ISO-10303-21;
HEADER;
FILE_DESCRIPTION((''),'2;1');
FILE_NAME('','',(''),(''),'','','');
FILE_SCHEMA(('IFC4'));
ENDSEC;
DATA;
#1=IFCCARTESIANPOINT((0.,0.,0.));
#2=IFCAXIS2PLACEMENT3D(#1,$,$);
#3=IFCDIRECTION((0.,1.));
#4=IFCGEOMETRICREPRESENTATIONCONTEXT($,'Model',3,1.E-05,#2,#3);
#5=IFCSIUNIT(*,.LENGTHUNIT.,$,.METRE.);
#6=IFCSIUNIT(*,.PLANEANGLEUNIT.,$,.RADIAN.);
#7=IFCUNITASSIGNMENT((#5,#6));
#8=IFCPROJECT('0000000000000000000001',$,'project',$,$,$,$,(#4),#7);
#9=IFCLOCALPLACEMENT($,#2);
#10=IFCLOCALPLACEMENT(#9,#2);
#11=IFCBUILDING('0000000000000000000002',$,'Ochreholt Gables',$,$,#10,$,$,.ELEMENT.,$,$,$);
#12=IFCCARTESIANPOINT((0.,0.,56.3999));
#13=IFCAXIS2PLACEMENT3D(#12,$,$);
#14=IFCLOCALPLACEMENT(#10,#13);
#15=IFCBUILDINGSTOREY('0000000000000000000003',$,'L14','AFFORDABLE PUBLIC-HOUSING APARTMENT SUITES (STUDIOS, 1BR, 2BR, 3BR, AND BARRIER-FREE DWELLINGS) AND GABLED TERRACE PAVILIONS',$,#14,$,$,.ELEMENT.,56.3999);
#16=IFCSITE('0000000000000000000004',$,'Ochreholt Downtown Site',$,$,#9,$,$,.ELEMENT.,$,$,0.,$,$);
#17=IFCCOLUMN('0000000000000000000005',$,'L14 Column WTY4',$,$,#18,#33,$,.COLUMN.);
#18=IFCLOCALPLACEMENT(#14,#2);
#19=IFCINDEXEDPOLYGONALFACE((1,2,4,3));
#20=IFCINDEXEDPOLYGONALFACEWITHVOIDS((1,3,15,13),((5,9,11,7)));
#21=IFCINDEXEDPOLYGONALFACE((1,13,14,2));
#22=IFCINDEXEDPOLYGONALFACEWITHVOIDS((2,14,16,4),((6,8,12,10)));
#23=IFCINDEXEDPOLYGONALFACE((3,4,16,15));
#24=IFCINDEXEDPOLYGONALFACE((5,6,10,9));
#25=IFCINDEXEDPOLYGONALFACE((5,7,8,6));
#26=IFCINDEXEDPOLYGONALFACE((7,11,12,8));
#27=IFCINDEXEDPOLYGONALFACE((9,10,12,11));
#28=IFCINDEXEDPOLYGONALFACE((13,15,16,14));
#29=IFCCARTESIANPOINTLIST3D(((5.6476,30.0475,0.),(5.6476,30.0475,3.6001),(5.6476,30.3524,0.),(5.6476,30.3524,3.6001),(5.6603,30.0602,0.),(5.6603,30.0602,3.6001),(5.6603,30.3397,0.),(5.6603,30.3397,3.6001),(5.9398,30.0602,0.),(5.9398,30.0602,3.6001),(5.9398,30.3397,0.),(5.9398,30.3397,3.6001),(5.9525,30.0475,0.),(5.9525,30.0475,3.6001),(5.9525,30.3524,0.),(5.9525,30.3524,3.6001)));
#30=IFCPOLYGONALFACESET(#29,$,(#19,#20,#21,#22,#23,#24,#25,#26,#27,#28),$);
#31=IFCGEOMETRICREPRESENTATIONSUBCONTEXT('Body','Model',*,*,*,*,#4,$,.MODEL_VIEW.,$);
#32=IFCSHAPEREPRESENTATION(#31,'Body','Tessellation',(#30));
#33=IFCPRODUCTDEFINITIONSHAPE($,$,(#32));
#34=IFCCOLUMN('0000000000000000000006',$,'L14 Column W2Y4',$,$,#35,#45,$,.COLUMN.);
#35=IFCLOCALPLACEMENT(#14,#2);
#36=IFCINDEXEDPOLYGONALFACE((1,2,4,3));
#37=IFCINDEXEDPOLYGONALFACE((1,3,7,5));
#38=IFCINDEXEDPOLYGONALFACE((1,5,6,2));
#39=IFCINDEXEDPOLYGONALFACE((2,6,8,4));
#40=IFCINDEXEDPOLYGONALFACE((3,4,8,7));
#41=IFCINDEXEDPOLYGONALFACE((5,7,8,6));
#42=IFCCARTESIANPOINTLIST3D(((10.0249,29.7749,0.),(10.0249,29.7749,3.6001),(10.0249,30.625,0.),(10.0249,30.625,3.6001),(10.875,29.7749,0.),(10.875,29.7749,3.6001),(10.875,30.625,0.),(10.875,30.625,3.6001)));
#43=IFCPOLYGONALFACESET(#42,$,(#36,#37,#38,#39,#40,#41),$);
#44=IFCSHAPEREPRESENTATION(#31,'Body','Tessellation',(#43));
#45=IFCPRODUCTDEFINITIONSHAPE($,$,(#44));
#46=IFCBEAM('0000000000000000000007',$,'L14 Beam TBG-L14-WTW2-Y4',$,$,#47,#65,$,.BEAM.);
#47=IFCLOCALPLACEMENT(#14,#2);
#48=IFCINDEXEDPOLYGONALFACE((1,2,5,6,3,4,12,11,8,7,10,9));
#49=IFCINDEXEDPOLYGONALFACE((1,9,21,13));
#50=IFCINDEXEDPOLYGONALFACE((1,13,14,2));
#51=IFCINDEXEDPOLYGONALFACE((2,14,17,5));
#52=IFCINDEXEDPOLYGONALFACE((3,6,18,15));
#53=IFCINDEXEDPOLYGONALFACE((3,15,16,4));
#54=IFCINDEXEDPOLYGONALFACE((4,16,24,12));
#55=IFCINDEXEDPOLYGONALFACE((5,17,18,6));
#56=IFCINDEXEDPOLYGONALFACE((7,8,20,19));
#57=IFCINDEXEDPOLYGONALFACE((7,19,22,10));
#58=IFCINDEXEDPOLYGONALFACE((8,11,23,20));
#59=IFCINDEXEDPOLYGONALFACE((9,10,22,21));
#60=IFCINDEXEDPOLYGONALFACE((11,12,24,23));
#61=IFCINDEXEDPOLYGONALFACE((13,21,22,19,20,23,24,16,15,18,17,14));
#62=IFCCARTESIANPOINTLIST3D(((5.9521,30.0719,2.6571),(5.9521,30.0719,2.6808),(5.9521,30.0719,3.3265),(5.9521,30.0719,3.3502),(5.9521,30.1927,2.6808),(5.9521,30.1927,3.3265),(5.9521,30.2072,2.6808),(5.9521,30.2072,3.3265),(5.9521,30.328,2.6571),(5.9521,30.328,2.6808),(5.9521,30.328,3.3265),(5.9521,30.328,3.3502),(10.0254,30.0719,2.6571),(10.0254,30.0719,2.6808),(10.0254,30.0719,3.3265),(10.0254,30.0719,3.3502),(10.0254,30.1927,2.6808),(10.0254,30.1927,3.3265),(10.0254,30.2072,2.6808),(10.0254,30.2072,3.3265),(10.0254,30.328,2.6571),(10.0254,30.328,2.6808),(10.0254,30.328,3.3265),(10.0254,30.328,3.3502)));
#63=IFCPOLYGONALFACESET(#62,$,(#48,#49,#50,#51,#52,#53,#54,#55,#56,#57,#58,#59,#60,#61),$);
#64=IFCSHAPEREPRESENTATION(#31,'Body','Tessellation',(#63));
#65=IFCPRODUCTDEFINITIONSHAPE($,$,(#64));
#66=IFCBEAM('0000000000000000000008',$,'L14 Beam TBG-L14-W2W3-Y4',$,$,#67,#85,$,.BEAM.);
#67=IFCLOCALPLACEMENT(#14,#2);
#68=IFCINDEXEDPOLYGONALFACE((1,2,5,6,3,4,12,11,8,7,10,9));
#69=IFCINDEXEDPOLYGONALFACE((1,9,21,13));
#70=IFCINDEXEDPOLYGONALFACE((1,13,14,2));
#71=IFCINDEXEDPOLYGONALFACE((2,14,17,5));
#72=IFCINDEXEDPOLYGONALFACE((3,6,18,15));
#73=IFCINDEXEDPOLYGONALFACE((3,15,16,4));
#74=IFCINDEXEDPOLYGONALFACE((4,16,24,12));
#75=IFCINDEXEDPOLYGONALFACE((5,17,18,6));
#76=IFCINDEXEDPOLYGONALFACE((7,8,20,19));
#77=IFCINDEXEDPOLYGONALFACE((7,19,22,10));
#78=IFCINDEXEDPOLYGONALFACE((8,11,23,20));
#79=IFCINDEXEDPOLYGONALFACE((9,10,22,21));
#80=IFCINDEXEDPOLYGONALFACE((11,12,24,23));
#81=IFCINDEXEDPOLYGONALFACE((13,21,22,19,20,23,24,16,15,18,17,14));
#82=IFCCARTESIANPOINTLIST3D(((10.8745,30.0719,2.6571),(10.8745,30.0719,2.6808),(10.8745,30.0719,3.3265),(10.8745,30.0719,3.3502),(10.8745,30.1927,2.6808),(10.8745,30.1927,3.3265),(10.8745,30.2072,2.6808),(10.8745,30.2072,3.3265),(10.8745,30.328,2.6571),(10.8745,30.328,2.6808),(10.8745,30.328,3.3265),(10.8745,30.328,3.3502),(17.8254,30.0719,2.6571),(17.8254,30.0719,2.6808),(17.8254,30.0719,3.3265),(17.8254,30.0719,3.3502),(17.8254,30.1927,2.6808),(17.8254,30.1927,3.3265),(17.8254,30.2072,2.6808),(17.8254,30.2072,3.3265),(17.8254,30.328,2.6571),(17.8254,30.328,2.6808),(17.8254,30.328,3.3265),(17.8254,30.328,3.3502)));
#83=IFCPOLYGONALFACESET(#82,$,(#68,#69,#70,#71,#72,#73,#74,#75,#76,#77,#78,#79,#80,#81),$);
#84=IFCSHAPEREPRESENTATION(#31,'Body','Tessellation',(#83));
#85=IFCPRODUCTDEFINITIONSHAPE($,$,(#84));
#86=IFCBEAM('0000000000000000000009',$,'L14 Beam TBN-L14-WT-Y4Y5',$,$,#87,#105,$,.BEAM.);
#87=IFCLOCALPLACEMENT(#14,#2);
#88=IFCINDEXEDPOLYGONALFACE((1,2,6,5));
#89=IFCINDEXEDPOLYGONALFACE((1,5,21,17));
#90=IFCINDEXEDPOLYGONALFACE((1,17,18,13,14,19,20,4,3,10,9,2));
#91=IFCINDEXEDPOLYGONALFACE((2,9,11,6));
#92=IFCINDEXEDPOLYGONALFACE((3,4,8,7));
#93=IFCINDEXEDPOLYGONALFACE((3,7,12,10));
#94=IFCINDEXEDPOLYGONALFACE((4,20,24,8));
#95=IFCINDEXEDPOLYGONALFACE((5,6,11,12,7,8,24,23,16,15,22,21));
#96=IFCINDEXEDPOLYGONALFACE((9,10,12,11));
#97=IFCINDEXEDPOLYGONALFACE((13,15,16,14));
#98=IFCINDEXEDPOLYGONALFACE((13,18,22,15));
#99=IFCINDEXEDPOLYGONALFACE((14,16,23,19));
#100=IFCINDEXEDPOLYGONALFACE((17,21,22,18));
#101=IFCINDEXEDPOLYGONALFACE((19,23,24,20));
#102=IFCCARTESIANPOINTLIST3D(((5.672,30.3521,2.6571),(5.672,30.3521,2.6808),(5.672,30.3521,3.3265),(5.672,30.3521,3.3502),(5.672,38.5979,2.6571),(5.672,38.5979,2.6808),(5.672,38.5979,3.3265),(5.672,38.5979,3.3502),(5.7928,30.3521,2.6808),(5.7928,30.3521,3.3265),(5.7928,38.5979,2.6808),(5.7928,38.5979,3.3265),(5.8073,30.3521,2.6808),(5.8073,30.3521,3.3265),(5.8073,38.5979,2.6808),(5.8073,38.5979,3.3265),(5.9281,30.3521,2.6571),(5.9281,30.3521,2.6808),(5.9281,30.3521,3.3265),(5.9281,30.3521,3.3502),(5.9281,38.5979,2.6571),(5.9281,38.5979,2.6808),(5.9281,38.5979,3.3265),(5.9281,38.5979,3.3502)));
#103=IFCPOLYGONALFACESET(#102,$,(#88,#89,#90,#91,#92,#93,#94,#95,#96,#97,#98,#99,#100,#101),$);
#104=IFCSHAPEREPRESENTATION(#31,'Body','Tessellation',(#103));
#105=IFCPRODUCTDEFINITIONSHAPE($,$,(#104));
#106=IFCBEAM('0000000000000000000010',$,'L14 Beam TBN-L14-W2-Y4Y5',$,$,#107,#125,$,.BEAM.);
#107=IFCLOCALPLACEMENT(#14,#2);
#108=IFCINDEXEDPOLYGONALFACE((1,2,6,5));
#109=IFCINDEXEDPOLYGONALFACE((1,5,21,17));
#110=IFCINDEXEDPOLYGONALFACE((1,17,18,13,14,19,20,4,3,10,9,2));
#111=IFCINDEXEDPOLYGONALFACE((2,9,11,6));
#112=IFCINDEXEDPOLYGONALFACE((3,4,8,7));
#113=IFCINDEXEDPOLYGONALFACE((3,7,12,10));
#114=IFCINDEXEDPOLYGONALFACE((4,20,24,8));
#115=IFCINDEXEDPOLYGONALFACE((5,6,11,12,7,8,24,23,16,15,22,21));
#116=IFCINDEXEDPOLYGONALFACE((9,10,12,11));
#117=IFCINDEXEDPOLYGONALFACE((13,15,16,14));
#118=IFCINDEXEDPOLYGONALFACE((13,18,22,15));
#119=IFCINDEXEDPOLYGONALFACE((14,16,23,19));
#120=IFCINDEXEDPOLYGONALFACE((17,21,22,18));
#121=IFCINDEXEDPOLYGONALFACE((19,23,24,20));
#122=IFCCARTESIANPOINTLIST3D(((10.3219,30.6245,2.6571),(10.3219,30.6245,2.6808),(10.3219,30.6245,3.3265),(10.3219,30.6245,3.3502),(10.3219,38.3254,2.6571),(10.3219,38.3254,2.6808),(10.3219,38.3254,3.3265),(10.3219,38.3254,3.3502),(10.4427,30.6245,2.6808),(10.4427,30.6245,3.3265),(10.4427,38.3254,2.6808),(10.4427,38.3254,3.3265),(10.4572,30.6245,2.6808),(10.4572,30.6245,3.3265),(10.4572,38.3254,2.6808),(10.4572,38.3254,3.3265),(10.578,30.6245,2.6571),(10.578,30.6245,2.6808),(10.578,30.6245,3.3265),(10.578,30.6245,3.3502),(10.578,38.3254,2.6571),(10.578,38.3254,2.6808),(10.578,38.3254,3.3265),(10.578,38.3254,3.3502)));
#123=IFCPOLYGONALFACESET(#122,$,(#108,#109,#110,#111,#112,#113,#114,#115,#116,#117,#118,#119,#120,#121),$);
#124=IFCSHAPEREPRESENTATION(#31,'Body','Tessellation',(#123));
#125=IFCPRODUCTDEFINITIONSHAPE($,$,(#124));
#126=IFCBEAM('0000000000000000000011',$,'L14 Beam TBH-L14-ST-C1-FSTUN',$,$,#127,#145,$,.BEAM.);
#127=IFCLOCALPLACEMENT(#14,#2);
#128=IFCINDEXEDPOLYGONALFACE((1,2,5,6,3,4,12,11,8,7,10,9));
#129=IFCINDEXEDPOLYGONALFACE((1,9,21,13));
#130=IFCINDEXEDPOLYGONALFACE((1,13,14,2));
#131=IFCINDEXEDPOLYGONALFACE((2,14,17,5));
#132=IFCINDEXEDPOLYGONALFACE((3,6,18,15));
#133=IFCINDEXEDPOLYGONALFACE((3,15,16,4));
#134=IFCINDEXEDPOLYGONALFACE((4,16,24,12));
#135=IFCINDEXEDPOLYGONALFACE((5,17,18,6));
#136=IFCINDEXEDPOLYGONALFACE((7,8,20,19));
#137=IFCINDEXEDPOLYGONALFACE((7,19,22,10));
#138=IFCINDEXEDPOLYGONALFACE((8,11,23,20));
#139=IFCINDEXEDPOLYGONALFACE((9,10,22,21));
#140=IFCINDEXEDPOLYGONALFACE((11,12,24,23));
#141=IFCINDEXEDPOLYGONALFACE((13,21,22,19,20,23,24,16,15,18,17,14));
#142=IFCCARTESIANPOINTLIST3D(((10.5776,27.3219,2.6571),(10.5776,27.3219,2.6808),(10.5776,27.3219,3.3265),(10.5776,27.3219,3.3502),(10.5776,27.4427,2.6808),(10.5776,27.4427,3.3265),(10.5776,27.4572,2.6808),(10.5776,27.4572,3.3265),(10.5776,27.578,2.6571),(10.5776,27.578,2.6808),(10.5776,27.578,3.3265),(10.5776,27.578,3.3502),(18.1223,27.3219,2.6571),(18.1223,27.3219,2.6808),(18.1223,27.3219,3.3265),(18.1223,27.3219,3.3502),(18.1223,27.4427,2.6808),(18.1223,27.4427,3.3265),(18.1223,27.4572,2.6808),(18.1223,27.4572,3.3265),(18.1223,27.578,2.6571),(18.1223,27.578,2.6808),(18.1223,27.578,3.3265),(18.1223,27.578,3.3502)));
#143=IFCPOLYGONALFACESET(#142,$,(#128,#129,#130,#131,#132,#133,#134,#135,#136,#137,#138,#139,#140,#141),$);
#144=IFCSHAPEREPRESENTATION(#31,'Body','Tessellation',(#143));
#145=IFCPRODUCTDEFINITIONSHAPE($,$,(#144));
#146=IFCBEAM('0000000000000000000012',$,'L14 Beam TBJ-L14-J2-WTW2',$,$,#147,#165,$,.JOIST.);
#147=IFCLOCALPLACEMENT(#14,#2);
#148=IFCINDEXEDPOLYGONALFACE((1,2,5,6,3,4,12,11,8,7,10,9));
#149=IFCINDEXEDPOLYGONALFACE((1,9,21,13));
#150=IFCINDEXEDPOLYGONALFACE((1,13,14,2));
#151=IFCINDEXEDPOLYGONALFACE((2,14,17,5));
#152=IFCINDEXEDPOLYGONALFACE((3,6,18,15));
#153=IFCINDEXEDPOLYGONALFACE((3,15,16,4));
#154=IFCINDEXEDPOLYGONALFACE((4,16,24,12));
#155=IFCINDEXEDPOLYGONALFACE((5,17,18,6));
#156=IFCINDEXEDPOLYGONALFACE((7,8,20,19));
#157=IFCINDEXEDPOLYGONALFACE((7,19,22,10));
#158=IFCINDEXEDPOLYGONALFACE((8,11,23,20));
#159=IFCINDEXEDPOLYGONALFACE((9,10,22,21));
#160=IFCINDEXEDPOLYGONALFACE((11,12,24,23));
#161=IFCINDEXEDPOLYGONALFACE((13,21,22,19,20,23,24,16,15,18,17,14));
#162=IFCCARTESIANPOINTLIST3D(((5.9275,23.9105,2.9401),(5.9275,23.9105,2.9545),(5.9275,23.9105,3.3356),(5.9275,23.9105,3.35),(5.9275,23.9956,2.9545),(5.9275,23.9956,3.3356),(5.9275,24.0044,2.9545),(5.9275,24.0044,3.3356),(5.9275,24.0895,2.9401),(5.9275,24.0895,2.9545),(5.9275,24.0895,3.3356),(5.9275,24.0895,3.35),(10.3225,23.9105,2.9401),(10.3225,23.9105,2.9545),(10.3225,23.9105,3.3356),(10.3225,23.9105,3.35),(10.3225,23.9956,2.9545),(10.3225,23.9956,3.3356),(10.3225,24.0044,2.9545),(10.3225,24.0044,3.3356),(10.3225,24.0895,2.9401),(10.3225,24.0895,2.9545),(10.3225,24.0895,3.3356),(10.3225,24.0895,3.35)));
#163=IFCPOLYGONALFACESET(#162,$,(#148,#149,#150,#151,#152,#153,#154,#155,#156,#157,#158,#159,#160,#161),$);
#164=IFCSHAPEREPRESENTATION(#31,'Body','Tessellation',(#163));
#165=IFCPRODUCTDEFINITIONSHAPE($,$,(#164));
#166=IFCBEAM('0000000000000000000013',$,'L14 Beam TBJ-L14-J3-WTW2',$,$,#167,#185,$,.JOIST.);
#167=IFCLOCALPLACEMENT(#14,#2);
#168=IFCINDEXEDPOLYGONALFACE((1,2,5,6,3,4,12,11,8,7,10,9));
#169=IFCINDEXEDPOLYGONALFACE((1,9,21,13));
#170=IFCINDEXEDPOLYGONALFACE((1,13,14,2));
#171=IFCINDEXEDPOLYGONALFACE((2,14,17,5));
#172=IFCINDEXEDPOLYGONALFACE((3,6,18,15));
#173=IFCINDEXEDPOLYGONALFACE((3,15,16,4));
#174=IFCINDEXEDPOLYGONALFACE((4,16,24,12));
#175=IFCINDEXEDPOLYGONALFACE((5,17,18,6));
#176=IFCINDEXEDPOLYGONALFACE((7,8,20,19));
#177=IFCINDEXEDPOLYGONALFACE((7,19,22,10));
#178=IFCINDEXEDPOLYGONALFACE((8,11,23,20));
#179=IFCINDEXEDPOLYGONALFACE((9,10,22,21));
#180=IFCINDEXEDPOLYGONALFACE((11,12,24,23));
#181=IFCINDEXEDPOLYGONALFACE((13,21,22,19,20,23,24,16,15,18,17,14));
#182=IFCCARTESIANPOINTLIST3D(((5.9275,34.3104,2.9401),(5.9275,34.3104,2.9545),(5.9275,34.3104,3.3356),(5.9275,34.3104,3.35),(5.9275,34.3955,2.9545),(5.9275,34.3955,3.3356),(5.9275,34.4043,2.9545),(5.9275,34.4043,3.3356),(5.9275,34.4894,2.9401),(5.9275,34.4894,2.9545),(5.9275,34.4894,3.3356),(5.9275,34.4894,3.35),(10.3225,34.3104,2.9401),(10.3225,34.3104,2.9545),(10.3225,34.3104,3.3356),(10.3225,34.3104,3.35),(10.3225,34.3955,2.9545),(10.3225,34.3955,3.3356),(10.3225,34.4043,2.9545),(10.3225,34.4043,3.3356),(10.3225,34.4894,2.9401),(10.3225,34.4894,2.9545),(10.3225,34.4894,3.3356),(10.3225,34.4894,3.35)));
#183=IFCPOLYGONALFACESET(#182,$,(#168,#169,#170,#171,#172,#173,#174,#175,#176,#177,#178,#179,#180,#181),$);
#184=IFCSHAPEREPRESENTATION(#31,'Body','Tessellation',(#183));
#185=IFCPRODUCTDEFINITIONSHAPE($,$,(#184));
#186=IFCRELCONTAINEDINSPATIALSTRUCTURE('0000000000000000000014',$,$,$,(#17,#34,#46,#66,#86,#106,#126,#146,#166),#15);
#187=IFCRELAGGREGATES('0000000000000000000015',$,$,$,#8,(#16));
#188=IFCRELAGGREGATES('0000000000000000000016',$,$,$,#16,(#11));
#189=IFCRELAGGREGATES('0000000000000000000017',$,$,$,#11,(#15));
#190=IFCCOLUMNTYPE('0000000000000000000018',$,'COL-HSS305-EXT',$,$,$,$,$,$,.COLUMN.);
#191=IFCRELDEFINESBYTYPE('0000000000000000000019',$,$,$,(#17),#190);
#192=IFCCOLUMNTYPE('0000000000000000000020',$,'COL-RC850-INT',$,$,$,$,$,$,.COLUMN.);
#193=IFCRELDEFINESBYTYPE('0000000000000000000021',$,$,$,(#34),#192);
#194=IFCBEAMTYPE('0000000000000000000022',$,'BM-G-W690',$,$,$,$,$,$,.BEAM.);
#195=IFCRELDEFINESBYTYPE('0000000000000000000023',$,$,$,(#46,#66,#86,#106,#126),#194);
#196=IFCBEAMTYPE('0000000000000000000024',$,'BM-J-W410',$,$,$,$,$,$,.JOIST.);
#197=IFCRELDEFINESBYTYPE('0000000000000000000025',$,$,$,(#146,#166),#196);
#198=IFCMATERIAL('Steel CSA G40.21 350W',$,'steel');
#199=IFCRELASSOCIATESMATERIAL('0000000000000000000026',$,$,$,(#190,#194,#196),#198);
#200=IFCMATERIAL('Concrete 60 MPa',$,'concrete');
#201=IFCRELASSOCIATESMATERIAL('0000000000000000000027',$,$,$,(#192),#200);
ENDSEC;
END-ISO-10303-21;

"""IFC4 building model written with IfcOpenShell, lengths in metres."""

from ifc_helpers import new_model, si_unit, direction, frame, origin, origin_2d, place, context, subcontext, project, spatial, rectangle, hollow_rectangle, i_section, extrude, material, material_profile, profile_set, type_object, element, save


model = new_model("IFC4")

# Units and contexts
model_context = context("Model", 3, precision=1e-05, world=origin(), true_north=direction((0.0, 1.0)))
body_context = subcontext(model_context, "Body", "Model", "MODEL_VIEW")
ifc_project = project(units=[si_unit("LENGTHUNIT", "METRE"), si_unit("PLANEANGLEUNIT", "RADIAN")], contexts=[model_context])

# Site, building, storey
site_placement = place(None, origin())
site = spatial("IfcSite", under=ifc_project, at=site_placement, Name="Ochreholt Downtown Site", CompositionType="ELEMENT", RefElevation=0.0)
building_placement = place(site_placement, origin())
building = spatial("IfcBuilding", under=site, at=building_placement, Name="Ochreholt Gables", CompositionType="ELEMENT")
storey_placement = place(building_placement, frame((0.0, 0.0, 56.3999)))
storey = spatial("IfcBuildingStorey", under=building, at=storey_placement, Name="L14", Description="AFFORDABLE PUBLIC-HOUSING APARTMENT SUITES (STUDIOS, 1BR, 2BR, 3BR, AND BARRIER-FREE DWELLINGS) AND GABLED TERRACE PAVILIONS", CompositionType="ELEMENT", Elevation=56.3999)

# Columns
ifc_material_1 = material(Name="Steel CSA G40.21 350W", Category="steel")
ifc_material_profile_1 = material_profile(ifc_material_1, hollow_rectangle(XDim=0.3049, YDim=0.3049, WallThickness=0.0127, at=origin_2d()), Name="HSS305X305X13")
ifc_profile_set_1 = profile_set([ifc_material_profile_1], Name="Steel CSA G40.21 350W")
column_type_1 = type_object("IfcColumnType", Name="COL-HSS305-EXT", PredefinedType="COLUMN", material=ifc_profile_set_1)
column_1_placement = place(storey_placement, frame((5.8, 30.2, 0.0), z_axis=(0.0, 0.0, 1.0), x_axis=(1.0, 0.0, 0.0)))
element("IfcColumn", 1, at=column_1_placement, inside=storey, type_object=column_type_1, Name="L14 Column WTY4", PredefinedType="COLUMN", context=body_context, shape_type="SweptSolid", body=[
    extrude(hollow_rectangle(XDim=0.3049, YDim=0.3049, WallThickness=0.0127, at=origin_2d()), origin(), (0.0, 0.0, 1.0), 3.6001),
])
ifc_material_2 = material(Name="Concrete 60 MPa", Category="concrete")
ifc_material_profile_2 = material_profile(ifc_material_2, rectangle(XDim=0.8501, YDim=0.8501, at=origin_2d()), Name="RC850X850")
ifc_profile_set_2 = profile_set([ifc_material_profile_2], Name="Concrete 60 MPa")
column_type_2 = type_object("IfcColumnType", Name="COL-RC850-INT", PredefinedType="COLUMN", material=ifc_profile_set_2)
column_2_placement = place(storey_placement, frame((10.45, 30.2, 0.0), z_axis=(0.0, 0.0, 1.0), x_axis=(1.0, 0.0, 0.0)))
element("IfcColumn", 2, at=column_2_placement, inside=storey, type_object=column_type_2, Name="L14 Column W2Y4", PredefinedType="COLUMN", context=body_context, shape_type="SweptSolid", body=[
    extrude(rectangle(XDim=0.8501, YDim=0.8501, at=origin_2d()), origin(), (0.0, 0.0, 1.0), 3.6001),
])

# Beams
ifc_material_profile_3 = material_profile(ifc_material_1, i_section(OverallWidth=0.2561, OverallDepth=0.6931, WebThickness=0.0144, FlangeThickness=0.0237, at=origin_2d()), Name="W690X170")
ifc_profile_set_3 = profile_set([ifc_material_profile_3], Name="Steel CSA G40.21 350W")
beam_type_1 = type_object("IfcBeamType", Name="BM-G-W690", PredefinedType="BEAM", material=ifc_profile_set_3)
beam_1_placement = place(storey_placement, frame((5.9521, 30.2, 3.0037), z_axis=(1.0, 0.0, 0.0), x_axis=(0.0, 1.0, 0.0)))
element("IfcBeam", 3, at=beam_1_placement, inside=storey, type_object=beam_type_1, Name="L14 Beam TBG-L14-WTW2-Y4", PredefinedType="BEAM", context=body_context, shape_type="SweptSolid", body=[
    extrude(i_section(OverallWidth=0.2561, OverallDepth=0.6931, WebThickness=0.0144, FlangeThickness=0.0237, at=origin_2d()), origin(), (0.0, 0.0, 1.0), 4.0732),
])
beam_2_placement = place(storey_placement, frame((10.8745, 30.2, 3.0037), z_axis=(1.0, 0.0, 0.0), x_axis=(0.0, 1.0, 0.0)))
element("IfcBeam", 4, at=beam_2_placement, inside=storey, type_object=beam_type_1, Name="L14 Beam TBG-L14-W2W3-Y4", PredefinedType="BEAM", context=body_context, shape_type="SweptSolid", body=[
    extrude(i_section(OverallWidth=0.2561, OverallDepth=0.6931, WebThickness=0.0144, FlangeThickness=0.0237, at=origin_2d()), origin(), (0.0, 0.0, 1.0), 6.9509),
])
beam_3_placement = place(storey_placement, frame((5.8, 30.3521, 3.0037), z_axis=(0.0, 1.0, 0.0), x_axis=(-1.0, 0.0, 0.0)))
element("IfcBeam", 5, at=beam_3_placement, inside=storey, type_object=beam_type_1, Name="L14 Beam TBN-L14-WT-Y4Y5", PredefinedType="BEAM", context=body_context, shape_type="SweptSolid", body=[
    extrude(i_section(OverallWidth=0.2561, OverallDepth=0.6931, WebThickness=0.0144, FlangeThickness=0.0237, at=origin_2d()), origin(), (0.0, 0.0, 1.0), 8.2458),
])
beam_4_placement = place(storey_placement, frame((10.45, 30.6245, 3.0037), z_axis=(0.0, 1.0, 0.0), x_axis=(-1.0, 0.0, 0.0)))
element("IfcBeam", 6, at=beam_4_placement, inside=storey, type_object=beam_type_1, Name="L14 Beam TBN-L14-W2-Y4Y5", PredefinedType="BEAM", context=body_context, shape_type="SweptSolid", body=[
    extrude(i_section(OverallWidth=0.2561, OverallDepth=0.6931, WebThickness=0.0144, FlangeThickness=0.0237, at=origin_2d()), origin(), (0.0, 0.0, 1.0), 7.7009),
])
beam_5_placement = place(storey_placement, frame((10.5776, 27.45, 3.0037), z_axis=(1.0, 0.0, 0.0), x_axis=(0.0, 1.0, 0.0)))
element("IfcBeam", 7, at=beam_5_placement, inside=storey, type_object=beam_type_1, Name="L14 Beam TBH-L14-ST-C1-FSTUN", PredefinedType="BEAM", context=body_context, shape_type="SweptSolid", body=[
    extrude(i_section(OverallWidth=0.2561, OverallDepth=0.6931, WebThickness=0.0144, FlangeThickness=0.0237, at=origin_2d()), origin(), (0.0, 0.0, 1.0), 7.5447),
])
ifc_material_profile_4 = material_profile(ifc_material_1, i_section(OverallWidth=0.179, OverallDepth=0.4099, WebThickness=0.0088, FlangeThickness=0.0144, at=origin_2d()), Name="W410X67")
ifc_profile_set_4 = profile_set([ifc_material_profile_4], Name="Steel CSA G40.21 350W")
beam_type_2 = type_object("IfcBeamType", Name="BM-J-W410", PredefinedType="JOIST", material=ifc_profile_set_4)
for number, where, z_axis, x_axis, name in (
    (8, (5.9275, 24.0, 3.145), (1.0, 0.0, 0.0), (0.0, 1.0, 0.0), "L14 Beam TBJ-L14-J2-WTW2"),
    (9, (5.9275, 34.3999, 3.145), (1.0, 0.0, 0.0), (0.0, 1.0, 0.0), "L14 Beam TBJ-L14-J3-WTW2"),
):
    element("IfcBeam", number, at=place(storey_placement, frame(where, z_axis=z_axis, x_axis=x_axis)), inside=storey, type_object=beam_type_2, Name=name, PredefinedType="JOIST", context=body_context, shape_type="SweptSolid", body=[
        extrude(i_section(OverallWidth=0.179, OverallDepth=0.4099, WebThickness=0.0088, FlangeThickness=0.0144, at=origin_2d()), origin(), (0.0, 0.0, 1.0), 4.395),
    ])

save(model, "model.ifc")
